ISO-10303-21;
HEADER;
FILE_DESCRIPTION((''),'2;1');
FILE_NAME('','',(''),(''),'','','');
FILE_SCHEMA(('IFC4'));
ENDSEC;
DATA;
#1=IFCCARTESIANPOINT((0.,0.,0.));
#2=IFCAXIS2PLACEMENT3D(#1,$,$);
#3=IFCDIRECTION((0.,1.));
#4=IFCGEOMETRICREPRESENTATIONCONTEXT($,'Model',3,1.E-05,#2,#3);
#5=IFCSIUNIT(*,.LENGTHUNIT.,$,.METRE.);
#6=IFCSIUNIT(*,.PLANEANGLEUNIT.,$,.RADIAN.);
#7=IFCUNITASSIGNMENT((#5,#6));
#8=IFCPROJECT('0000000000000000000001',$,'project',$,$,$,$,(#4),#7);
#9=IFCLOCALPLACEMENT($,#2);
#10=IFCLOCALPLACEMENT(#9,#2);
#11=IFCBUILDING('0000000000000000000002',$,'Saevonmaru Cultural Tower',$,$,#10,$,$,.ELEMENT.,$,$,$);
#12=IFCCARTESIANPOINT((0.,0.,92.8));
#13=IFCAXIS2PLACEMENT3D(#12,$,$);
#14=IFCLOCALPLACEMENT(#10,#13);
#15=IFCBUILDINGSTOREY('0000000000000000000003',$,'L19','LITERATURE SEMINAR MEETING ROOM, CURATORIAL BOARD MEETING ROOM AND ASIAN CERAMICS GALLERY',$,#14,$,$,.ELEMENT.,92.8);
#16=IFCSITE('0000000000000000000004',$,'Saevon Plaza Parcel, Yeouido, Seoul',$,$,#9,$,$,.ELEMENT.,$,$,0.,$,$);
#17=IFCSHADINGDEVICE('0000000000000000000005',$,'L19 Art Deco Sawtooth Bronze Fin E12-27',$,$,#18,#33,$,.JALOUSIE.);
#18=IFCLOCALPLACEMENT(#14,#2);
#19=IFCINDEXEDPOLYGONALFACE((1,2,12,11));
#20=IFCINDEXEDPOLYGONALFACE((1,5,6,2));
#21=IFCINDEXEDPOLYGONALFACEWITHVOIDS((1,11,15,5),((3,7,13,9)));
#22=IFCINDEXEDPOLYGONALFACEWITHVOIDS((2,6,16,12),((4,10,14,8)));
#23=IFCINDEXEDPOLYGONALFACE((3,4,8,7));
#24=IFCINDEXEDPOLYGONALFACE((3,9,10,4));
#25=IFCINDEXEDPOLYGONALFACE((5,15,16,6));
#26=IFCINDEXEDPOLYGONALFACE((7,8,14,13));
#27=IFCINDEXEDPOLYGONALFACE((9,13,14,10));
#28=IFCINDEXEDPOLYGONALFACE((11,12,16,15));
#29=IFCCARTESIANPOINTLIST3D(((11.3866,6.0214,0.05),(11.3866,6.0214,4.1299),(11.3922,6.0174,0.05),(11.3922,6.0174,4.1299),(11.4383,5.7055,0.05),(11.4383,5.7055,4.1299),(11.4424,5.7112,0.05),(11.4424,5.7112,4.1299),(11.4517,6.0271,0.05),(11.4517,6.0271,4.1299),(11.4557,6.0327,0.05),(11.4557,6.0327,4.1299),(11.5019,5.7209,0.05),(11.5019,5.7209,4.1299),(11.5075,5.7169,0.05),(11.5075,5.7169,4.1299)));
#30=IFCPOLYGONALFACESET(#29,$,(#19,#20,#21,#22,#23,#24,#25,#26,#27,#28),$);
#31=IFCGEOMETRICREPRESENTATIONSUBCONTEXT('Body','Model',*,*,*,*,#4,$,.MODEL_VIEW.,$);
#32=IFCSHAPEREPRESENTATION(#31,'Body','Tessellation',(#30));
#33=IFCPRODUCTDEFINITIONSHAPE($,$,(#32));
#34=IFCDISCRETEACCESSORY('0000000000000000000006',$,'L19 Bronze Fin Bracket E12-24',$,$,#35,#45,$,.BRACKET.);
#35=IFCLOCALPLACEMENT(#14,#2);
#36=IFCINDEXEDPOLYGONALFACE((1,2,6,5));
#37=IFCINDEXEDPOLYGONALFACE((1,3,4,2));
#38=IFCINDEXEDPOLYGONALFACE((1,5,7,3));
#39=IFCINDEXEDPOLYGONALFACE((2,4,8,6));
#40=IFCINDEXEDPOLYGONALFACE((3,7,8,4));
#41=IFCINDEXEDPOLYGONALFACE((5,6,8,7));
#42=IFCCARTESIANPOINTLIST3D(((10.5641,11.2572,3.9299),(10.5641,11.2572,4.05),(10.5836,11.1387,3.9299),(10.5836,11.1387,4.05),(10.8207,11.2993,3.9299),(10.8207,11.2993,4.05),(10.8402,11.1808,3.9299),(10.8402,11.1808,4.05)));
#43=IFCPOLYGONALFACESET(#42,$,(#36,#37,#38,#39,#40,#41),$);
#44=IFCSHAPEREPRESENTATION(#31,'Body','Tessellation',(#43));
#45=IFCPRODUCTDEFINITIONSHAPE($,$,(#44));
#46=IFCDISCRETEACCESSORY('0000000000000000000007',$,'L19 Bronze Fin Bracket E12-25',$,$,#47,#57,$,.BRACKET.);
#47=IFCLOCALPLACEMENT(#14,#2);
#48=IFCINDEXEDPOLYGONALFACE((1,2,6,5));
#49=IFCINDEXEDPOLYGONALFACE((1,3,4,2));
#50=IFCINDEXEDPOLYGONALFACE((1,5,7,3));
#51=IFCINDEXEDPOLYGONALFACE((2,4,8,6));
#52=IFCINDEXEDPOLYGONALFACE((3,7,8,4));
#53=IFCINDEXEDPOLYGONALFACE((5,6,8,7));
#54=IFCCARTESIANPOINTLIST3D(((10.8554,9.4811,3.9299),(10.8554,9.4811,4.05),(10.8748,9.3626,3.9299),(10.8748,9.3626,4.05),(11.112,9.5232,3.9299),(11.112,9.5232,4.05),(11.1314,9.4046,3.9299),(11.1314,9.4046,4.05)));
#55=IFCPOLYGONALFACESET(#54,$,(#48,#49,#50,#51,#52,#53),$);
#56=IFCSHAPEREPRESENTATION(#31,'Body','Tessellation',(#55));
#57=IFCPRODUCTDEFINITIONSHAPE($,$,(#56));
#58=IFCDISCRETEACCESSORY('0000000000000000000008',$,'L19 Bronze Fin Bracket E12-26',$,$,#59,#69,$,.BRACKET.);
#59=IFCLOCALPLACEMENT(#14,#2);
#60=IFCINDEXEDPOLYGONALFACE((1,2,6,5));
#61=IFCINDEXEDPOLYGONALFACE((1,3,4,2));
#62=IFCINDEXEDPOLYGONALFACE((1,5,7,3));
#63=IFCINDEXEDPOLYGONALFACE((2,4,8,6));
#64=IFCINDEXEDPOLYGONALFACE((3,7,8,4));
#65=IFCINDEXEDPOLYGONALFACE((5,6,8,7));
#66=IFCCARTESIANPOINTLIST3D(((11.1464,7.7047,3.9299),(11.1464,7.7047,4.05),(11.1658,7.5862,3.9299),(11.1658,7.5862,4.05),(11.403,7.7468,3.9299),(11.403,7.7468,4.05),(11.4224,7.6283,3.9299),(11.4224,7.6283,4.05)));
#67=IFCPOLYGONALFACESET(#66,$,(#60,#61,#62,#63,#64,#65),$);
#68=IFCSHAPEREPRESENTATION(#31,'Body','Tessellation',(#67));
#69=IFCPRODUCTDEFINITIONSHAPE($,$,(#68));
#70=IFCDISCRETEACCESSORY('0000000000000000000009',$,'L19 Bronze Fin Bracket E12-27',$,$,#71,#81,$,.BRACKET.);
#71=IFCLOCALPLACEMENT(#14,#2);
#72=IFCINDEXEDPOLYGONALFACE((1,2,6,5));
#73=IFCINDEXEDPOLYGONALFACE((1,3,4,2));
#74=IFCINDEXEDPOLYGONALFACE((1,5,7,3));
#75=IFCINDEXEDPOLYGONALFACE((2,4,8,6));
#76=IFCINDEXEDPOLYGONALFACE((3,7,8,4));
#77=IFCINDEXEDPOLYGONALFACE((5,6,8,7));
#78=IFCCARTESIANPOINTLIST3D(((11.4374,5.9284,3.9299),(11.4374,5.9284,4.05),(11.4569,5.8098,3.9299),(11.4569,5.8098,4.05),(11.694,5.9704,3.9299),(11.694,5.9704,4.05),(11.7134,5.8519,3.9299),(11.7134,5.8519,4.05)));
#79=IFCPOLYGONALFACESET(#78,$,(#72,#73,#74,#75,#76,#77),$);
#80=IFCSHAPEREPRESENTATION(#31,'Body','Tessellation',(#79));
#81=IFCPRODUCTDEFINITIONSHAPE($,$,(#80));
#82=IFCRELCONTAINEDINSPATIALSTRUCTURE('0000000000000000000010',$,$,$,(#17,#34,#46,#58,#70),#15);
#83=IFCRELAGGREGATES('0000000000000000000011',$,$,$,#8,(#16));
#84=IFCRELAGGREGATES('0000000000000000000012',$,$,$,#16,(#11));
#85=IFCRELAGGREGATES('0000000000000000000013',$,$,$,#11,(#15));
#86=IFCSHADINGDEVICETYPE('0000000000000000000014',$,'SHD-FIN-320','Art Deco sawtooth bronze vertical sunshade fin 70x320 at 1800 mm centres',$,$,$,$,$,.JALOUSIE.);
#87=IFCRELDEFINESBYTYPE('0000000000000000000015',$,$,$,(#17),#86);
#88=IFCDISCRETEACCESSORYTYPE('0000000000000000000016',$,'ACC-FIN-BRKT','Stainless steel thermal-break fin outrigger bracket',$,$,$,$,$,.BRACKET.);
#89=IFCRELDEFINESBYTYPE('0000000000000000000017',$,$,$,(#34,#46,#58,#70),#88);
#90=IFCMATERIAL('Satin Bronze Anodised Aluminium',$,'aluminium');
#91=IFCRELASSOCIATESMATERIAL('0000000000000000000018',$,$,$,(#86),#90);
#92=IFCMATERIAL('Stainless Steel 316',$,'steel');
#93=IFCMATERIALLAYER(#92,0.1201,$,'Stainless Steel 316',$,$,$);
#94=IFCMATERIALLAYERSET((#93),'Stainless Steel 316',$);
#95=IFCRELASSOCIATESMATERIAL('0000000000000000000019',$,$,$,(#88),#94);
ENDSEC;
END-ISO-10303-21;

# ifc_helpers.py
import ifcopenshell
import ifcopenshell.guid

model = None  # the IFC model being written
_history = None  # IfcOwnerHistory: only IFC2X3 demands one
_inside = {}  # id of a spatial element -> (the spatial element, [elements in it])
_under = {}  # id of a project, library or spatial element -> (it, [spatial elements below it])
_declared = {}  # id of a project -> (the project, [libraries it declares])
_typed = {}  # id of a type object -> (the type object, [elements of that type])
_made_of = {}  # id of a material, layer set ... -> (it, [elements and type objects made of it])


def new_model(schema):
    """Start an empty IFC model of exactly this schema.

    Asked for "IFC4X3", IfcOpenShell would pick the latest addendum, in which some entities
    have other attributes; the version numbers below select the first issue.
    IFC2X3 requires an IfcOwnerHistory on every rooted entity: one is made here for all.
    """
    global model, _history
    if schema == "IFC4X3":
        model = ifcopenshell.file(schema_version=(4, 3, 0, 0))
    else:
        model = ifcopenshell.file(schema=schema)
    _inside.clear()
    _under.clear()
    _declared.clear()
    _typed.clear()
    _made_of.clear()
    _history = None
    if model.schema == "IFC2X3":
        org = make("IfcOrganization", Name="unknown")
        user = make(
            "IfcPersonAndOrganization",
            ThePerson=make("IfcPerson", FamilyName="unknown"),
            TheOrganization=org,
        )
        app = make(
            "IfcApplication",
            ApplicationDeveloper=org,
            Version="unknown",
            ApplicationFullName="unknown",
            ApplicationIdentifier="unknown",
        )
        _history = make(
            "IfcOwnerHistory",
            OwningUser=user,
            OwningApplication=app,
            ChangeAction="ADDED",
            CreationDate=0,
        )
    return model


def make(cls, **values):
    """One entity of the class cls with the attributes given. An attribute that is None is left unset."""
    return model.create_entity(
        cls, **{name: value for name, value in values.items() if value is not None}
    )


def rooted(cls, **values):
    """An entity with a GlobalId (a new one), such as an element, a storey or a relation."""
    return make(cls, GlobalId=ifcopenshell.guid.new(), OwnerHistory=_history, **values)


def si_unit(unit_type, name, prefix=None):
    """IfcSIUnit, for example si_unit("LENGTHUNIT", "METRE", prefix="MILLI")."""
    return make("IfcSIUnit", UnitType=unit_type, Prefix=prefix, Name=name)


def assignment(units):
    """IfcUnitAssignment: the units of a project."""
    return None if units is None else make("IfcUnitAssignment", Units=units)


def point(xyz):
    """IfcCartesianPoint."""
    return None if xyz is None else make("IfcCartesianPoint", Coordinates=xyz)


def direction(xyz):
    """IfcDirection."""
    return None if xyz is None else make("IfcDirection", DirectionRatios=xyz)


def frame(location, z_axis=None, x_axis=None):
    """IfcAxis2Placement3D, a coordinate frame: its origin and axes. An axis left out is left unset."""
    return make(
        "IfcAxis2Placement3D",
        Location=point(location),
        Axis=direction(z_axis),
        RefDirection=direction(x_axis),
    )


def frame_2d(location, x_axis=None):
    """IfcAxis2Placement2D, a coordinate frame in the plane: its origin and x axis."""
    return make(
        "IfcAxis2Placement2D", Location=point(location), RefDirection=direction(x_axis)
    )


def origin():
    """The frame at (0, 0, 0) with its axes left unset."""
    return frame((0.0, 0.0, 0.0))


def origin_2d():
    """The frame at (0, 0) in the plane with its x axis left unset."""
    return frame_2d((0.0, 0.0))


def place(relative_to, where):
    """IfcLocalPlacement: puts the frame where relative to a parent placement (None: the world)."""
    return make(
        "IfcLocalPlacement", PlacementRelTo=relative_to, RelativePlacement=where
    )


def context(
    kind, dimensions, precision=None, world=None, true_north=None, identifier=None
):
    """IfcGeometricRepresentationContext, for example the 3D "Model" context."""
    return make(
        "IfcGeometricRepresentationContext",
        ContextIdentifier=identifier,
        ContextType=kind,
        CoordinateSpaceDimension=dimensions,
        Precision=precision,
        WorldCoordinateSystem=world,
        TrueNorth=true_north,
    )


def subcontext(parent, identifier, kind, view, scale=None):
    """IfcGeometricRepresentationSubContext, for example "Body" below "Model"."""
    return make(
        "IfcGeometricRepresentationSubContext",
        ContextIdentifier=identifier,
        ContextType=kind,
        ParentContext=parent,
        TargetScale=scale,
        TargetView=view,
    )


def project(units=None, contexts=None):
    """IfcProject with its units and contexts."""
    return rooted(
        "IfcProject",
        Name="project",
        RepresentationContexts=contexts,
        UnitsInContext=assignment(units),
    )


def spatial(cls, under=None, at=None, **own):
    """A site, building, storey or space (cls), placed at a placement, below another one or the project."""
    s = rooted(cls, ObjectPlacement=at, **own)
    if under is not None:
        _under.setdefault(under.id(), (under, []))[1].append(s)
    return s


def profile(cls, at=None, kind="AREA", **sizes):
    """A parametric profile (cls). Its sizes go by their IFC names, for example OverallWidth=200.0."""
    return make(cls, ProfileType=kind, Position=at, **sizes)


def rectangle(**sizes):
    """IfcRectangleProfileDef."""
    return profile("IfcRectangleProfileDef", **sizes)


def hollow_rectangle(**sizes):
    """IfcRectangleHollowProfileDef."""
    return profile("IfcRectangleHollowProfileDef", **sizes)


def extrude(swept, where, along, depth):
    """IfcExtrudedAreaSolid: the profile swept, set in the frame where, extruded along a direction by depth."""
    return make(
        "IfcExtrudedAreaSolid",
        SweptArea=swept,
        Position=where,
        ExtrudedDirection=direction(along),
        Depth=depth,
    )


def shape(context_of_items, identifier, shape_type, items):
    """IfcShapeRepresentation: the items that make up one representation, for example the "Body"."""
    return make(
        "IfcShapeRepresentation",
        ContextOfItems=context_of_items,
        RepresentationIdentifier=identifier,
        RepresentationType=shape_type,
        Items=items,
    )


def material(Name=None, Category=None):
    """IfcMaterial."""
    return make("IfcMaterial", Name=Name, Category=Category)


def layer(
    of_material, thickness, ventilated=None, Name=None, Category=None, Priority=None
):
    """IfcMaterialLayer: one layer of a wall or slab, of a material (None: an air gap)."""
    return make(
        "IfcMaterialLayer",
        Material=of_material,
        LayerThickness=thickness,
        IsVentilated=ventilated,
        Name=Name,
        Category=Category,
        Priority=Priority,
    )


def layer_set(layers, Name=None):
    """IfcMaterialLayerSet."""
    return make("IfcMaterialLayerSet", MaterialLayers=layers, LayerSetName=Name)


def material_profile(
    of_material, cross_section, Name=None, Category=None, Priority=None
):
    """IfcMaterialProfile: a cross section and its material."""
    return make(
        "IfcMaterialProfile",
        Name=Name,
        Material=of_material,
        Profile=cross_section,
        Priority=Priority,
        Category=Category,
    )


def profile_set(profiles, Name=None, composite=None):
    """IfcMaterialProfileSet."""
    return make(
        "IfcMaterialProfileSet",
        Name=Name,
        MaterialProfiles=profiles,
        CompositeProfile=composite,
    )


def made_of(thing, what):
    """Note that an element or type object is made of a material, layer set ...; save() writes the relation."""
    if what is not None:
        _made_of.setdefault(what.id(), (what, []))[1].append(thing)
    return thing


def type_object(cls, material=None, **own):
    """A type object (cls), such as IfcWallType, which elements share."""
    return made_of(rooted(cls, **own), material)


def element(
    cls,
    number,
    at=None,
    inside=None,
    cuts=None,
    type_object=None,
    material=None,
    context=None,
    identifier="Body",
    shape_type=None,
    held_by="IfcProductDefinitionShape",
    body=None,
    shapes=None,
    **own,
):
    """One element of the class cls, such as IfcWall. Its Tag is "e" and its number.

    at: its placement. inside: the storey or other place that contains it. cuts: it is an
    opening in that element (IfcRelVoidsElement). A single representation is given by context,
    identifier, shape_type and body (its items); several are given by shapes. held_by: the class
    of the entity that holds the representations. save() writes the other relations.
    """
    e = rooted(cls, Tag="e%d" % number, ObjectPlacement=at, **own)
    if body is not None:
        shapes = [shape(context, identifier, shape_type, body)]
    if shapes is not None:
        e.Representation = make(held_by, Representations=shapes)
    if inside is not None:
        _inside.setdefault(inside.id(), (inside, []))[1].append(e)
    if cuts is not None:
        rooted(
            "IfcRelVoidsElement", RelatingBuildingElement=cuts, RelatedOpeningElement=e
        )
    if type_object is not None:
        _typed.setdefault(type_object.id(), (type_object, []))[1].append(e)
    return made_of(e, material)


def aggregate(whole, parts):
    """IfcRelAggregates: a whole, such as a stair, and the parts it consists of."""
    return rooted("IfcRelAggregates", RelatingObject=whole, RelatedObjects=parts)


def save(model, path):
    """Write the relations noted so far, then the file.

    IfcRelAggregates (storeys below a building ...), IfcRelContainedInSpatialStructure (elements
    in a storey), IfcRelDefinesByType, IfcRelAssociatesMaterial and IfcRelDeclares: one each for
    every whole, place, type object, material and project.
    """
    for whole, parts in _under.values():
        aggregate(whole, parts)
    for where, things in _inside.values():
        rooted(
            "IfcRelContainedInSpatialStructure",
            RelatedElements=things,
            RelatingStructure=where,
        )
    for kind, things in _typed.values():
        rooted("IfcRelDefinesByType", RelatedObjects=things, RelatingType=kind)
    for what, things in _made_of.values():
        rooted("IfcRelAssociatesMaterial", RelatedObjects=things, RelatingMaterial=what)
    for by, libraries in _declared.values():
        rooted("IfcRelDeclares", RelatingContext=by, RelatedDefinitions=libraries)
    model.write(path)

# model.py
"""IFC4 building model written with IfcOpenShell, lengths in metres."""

from ifc_helpers import new_model, si_unit, direction, frame, origin, origin_2d, place, context, subcontext, project, spatial, rectangle, hollow_rectangle, extrude, material, layer, layer_set, material_profile, profile_set, type_object, element, save


model = new_model("IFC4")

# Units and contexts
model_context = context("Model", 3, precision=1e-05, world=origin(), true_north=direction((0.0, 1.0)))
body_context = subcontext(model_context, "Body", "Model", "MODEL_VIEW")
ifc_project = project(units=[si_unit("LENGTHUNIT", "METRE"), si_unit("PLANEANGLEUNIT", "RADIAN")], contexts=[model_context])

# Site, building, storey
site_placement = place(None, origin())
site = spatial("IfcSite", under=ifc_project, at=site_placement, Name="Saevon Plaza Parcel, Yeouido, Seoul", CompositionType="ELEMENT", RefElevation=0.0)
building_placement = place(site_placement, origin())
building = spatial("IfcBuilding", under=site, at=building_placement, Name="Saevonmaru Cultural Tower", CompositionType="ELEMENT")
storey_placement = place(building_placement, frame((0.0, 0.0, 92.8)))
storey = spatial("IfcBuildingStorey", under=building, at=storey_placement, Name="L19", Description="LITERATURE SEMINAR MEETING ROOM, CURATORIAL BOARD MEETING ROOM AND ASIAN CERAMICS GALLERY", CompositionType="ELEMENT", Elevation=92.8)

# Shared definitions
ifc_material_1 = material(Name="Satin Bronze Anodised Aluminium", Category="aluminium")

# Shading device
ifc_material_profile_1 = material_profile(ifc_material_1, hollow_rectangle(XDim=0.0701, YDim=0.3201, WallThickness=0.0049, at=origin_2d()), Name="FIN-320x70")
ifc_profile_set_1 = profile_set([ifc_material_profile_1], Name="Satin Bronze Anodised Aluminium")
shading_device_type = type_object("IfcShadingDeviceType", Name="SHD-FIN-320", Description="Art Deco sawtooth bronze vertical sunshade fin 70x320 at 1800 mm centres", PredefinedType="JALOUSIE", material=ifc_profile_set_1)
for number, where, z_axis, x_axis, name in (
    (1, (11.447, 5.8691, 0.05), (0.0, 0.0, 1.0), (-0.986827, -0.161776, 0.0), "L19 Art Deco Sawtooth Bronze Fin E12-27"),
):
    element("IfcShadingDevice", number, at=place(storey_placement, frame(where, z_axis=z_axis, x_axis=x_axis)), inside=storey, type_object=shading_device_type, Name=name, PredefinedType="JALOUSIE", context=body_context, shape_type="SweptSolid", body=[
        extrude(hollow_rectangle(XDim=0.0701, YDim=0.3201, WallThickness=0.0049, at=origin_2d()), origin(), (0.0, 0.0, 1.0), 4.0798),
    ])

# Discrete accessories
ifc_material_2 = material(Name="Stainless Steel 316", Category="steel")
ifc_layer_1 = layer(ifc_material_2, 0.1201, Name="Stainless Steel 316")
ifc_layer_set_1 = layer_set([ifc_layer_1], Name="Stainless Steel 316")
discrete_accessory_type = type_object("IfcDiscreteAccessoryType", Name="ACC-FIN-BRKT", Description="Stainless steel thermal-break fin outrigger bracket", PredefinedType="BRACKET", material=ifc_layer_set_1)
for number, where, z_axis, x_axis, name in (
    (2, (10.7021, 11.219, 3.9299), (0.0, 0.0, 1.0), (-0.986827, -0.161776, 0.0), "L19 Bronze Fin Bracket E12-24"),
    (3, (10.9934, 9.4429, 3.9299), (0.0, 0.0, 1.0), (-0.986827, -0.161776, 0.0), "L19 Bronze Fin Bracket E12-25"),
    (4, (11.2844, 7.6665, 3.9299), (0.0, 0.0, 1.0), (-0.986827, -0.161776, 0.0), "L19 Bronze Fin Bracket E12-26"),
    (5, (11.5754, 5.8901, 3.9299), (0.0, 0.0, 1.0), (-0.986827, -0.161776, 0.0), "L19 Bronze Fin Bracket E12-27"),
):
    element("IfcDiscreteAccessory", number, at=place(storey_placement, frame(where, z_axis=z_axis, x_axis=x_axis)), inside=storey, type_object=discrete_accessory_type, Name=name, PredefinedType="BRACKET", context=body_context, shape_type="SweptSolid", body=[
        extrude(rectangle(XDim=0.26, YDim=0.1201, at=origin_2d()), origin(), (0.0, 0.0, 1.0), 0.1201),
    ])

save(model, "model.ifc")
